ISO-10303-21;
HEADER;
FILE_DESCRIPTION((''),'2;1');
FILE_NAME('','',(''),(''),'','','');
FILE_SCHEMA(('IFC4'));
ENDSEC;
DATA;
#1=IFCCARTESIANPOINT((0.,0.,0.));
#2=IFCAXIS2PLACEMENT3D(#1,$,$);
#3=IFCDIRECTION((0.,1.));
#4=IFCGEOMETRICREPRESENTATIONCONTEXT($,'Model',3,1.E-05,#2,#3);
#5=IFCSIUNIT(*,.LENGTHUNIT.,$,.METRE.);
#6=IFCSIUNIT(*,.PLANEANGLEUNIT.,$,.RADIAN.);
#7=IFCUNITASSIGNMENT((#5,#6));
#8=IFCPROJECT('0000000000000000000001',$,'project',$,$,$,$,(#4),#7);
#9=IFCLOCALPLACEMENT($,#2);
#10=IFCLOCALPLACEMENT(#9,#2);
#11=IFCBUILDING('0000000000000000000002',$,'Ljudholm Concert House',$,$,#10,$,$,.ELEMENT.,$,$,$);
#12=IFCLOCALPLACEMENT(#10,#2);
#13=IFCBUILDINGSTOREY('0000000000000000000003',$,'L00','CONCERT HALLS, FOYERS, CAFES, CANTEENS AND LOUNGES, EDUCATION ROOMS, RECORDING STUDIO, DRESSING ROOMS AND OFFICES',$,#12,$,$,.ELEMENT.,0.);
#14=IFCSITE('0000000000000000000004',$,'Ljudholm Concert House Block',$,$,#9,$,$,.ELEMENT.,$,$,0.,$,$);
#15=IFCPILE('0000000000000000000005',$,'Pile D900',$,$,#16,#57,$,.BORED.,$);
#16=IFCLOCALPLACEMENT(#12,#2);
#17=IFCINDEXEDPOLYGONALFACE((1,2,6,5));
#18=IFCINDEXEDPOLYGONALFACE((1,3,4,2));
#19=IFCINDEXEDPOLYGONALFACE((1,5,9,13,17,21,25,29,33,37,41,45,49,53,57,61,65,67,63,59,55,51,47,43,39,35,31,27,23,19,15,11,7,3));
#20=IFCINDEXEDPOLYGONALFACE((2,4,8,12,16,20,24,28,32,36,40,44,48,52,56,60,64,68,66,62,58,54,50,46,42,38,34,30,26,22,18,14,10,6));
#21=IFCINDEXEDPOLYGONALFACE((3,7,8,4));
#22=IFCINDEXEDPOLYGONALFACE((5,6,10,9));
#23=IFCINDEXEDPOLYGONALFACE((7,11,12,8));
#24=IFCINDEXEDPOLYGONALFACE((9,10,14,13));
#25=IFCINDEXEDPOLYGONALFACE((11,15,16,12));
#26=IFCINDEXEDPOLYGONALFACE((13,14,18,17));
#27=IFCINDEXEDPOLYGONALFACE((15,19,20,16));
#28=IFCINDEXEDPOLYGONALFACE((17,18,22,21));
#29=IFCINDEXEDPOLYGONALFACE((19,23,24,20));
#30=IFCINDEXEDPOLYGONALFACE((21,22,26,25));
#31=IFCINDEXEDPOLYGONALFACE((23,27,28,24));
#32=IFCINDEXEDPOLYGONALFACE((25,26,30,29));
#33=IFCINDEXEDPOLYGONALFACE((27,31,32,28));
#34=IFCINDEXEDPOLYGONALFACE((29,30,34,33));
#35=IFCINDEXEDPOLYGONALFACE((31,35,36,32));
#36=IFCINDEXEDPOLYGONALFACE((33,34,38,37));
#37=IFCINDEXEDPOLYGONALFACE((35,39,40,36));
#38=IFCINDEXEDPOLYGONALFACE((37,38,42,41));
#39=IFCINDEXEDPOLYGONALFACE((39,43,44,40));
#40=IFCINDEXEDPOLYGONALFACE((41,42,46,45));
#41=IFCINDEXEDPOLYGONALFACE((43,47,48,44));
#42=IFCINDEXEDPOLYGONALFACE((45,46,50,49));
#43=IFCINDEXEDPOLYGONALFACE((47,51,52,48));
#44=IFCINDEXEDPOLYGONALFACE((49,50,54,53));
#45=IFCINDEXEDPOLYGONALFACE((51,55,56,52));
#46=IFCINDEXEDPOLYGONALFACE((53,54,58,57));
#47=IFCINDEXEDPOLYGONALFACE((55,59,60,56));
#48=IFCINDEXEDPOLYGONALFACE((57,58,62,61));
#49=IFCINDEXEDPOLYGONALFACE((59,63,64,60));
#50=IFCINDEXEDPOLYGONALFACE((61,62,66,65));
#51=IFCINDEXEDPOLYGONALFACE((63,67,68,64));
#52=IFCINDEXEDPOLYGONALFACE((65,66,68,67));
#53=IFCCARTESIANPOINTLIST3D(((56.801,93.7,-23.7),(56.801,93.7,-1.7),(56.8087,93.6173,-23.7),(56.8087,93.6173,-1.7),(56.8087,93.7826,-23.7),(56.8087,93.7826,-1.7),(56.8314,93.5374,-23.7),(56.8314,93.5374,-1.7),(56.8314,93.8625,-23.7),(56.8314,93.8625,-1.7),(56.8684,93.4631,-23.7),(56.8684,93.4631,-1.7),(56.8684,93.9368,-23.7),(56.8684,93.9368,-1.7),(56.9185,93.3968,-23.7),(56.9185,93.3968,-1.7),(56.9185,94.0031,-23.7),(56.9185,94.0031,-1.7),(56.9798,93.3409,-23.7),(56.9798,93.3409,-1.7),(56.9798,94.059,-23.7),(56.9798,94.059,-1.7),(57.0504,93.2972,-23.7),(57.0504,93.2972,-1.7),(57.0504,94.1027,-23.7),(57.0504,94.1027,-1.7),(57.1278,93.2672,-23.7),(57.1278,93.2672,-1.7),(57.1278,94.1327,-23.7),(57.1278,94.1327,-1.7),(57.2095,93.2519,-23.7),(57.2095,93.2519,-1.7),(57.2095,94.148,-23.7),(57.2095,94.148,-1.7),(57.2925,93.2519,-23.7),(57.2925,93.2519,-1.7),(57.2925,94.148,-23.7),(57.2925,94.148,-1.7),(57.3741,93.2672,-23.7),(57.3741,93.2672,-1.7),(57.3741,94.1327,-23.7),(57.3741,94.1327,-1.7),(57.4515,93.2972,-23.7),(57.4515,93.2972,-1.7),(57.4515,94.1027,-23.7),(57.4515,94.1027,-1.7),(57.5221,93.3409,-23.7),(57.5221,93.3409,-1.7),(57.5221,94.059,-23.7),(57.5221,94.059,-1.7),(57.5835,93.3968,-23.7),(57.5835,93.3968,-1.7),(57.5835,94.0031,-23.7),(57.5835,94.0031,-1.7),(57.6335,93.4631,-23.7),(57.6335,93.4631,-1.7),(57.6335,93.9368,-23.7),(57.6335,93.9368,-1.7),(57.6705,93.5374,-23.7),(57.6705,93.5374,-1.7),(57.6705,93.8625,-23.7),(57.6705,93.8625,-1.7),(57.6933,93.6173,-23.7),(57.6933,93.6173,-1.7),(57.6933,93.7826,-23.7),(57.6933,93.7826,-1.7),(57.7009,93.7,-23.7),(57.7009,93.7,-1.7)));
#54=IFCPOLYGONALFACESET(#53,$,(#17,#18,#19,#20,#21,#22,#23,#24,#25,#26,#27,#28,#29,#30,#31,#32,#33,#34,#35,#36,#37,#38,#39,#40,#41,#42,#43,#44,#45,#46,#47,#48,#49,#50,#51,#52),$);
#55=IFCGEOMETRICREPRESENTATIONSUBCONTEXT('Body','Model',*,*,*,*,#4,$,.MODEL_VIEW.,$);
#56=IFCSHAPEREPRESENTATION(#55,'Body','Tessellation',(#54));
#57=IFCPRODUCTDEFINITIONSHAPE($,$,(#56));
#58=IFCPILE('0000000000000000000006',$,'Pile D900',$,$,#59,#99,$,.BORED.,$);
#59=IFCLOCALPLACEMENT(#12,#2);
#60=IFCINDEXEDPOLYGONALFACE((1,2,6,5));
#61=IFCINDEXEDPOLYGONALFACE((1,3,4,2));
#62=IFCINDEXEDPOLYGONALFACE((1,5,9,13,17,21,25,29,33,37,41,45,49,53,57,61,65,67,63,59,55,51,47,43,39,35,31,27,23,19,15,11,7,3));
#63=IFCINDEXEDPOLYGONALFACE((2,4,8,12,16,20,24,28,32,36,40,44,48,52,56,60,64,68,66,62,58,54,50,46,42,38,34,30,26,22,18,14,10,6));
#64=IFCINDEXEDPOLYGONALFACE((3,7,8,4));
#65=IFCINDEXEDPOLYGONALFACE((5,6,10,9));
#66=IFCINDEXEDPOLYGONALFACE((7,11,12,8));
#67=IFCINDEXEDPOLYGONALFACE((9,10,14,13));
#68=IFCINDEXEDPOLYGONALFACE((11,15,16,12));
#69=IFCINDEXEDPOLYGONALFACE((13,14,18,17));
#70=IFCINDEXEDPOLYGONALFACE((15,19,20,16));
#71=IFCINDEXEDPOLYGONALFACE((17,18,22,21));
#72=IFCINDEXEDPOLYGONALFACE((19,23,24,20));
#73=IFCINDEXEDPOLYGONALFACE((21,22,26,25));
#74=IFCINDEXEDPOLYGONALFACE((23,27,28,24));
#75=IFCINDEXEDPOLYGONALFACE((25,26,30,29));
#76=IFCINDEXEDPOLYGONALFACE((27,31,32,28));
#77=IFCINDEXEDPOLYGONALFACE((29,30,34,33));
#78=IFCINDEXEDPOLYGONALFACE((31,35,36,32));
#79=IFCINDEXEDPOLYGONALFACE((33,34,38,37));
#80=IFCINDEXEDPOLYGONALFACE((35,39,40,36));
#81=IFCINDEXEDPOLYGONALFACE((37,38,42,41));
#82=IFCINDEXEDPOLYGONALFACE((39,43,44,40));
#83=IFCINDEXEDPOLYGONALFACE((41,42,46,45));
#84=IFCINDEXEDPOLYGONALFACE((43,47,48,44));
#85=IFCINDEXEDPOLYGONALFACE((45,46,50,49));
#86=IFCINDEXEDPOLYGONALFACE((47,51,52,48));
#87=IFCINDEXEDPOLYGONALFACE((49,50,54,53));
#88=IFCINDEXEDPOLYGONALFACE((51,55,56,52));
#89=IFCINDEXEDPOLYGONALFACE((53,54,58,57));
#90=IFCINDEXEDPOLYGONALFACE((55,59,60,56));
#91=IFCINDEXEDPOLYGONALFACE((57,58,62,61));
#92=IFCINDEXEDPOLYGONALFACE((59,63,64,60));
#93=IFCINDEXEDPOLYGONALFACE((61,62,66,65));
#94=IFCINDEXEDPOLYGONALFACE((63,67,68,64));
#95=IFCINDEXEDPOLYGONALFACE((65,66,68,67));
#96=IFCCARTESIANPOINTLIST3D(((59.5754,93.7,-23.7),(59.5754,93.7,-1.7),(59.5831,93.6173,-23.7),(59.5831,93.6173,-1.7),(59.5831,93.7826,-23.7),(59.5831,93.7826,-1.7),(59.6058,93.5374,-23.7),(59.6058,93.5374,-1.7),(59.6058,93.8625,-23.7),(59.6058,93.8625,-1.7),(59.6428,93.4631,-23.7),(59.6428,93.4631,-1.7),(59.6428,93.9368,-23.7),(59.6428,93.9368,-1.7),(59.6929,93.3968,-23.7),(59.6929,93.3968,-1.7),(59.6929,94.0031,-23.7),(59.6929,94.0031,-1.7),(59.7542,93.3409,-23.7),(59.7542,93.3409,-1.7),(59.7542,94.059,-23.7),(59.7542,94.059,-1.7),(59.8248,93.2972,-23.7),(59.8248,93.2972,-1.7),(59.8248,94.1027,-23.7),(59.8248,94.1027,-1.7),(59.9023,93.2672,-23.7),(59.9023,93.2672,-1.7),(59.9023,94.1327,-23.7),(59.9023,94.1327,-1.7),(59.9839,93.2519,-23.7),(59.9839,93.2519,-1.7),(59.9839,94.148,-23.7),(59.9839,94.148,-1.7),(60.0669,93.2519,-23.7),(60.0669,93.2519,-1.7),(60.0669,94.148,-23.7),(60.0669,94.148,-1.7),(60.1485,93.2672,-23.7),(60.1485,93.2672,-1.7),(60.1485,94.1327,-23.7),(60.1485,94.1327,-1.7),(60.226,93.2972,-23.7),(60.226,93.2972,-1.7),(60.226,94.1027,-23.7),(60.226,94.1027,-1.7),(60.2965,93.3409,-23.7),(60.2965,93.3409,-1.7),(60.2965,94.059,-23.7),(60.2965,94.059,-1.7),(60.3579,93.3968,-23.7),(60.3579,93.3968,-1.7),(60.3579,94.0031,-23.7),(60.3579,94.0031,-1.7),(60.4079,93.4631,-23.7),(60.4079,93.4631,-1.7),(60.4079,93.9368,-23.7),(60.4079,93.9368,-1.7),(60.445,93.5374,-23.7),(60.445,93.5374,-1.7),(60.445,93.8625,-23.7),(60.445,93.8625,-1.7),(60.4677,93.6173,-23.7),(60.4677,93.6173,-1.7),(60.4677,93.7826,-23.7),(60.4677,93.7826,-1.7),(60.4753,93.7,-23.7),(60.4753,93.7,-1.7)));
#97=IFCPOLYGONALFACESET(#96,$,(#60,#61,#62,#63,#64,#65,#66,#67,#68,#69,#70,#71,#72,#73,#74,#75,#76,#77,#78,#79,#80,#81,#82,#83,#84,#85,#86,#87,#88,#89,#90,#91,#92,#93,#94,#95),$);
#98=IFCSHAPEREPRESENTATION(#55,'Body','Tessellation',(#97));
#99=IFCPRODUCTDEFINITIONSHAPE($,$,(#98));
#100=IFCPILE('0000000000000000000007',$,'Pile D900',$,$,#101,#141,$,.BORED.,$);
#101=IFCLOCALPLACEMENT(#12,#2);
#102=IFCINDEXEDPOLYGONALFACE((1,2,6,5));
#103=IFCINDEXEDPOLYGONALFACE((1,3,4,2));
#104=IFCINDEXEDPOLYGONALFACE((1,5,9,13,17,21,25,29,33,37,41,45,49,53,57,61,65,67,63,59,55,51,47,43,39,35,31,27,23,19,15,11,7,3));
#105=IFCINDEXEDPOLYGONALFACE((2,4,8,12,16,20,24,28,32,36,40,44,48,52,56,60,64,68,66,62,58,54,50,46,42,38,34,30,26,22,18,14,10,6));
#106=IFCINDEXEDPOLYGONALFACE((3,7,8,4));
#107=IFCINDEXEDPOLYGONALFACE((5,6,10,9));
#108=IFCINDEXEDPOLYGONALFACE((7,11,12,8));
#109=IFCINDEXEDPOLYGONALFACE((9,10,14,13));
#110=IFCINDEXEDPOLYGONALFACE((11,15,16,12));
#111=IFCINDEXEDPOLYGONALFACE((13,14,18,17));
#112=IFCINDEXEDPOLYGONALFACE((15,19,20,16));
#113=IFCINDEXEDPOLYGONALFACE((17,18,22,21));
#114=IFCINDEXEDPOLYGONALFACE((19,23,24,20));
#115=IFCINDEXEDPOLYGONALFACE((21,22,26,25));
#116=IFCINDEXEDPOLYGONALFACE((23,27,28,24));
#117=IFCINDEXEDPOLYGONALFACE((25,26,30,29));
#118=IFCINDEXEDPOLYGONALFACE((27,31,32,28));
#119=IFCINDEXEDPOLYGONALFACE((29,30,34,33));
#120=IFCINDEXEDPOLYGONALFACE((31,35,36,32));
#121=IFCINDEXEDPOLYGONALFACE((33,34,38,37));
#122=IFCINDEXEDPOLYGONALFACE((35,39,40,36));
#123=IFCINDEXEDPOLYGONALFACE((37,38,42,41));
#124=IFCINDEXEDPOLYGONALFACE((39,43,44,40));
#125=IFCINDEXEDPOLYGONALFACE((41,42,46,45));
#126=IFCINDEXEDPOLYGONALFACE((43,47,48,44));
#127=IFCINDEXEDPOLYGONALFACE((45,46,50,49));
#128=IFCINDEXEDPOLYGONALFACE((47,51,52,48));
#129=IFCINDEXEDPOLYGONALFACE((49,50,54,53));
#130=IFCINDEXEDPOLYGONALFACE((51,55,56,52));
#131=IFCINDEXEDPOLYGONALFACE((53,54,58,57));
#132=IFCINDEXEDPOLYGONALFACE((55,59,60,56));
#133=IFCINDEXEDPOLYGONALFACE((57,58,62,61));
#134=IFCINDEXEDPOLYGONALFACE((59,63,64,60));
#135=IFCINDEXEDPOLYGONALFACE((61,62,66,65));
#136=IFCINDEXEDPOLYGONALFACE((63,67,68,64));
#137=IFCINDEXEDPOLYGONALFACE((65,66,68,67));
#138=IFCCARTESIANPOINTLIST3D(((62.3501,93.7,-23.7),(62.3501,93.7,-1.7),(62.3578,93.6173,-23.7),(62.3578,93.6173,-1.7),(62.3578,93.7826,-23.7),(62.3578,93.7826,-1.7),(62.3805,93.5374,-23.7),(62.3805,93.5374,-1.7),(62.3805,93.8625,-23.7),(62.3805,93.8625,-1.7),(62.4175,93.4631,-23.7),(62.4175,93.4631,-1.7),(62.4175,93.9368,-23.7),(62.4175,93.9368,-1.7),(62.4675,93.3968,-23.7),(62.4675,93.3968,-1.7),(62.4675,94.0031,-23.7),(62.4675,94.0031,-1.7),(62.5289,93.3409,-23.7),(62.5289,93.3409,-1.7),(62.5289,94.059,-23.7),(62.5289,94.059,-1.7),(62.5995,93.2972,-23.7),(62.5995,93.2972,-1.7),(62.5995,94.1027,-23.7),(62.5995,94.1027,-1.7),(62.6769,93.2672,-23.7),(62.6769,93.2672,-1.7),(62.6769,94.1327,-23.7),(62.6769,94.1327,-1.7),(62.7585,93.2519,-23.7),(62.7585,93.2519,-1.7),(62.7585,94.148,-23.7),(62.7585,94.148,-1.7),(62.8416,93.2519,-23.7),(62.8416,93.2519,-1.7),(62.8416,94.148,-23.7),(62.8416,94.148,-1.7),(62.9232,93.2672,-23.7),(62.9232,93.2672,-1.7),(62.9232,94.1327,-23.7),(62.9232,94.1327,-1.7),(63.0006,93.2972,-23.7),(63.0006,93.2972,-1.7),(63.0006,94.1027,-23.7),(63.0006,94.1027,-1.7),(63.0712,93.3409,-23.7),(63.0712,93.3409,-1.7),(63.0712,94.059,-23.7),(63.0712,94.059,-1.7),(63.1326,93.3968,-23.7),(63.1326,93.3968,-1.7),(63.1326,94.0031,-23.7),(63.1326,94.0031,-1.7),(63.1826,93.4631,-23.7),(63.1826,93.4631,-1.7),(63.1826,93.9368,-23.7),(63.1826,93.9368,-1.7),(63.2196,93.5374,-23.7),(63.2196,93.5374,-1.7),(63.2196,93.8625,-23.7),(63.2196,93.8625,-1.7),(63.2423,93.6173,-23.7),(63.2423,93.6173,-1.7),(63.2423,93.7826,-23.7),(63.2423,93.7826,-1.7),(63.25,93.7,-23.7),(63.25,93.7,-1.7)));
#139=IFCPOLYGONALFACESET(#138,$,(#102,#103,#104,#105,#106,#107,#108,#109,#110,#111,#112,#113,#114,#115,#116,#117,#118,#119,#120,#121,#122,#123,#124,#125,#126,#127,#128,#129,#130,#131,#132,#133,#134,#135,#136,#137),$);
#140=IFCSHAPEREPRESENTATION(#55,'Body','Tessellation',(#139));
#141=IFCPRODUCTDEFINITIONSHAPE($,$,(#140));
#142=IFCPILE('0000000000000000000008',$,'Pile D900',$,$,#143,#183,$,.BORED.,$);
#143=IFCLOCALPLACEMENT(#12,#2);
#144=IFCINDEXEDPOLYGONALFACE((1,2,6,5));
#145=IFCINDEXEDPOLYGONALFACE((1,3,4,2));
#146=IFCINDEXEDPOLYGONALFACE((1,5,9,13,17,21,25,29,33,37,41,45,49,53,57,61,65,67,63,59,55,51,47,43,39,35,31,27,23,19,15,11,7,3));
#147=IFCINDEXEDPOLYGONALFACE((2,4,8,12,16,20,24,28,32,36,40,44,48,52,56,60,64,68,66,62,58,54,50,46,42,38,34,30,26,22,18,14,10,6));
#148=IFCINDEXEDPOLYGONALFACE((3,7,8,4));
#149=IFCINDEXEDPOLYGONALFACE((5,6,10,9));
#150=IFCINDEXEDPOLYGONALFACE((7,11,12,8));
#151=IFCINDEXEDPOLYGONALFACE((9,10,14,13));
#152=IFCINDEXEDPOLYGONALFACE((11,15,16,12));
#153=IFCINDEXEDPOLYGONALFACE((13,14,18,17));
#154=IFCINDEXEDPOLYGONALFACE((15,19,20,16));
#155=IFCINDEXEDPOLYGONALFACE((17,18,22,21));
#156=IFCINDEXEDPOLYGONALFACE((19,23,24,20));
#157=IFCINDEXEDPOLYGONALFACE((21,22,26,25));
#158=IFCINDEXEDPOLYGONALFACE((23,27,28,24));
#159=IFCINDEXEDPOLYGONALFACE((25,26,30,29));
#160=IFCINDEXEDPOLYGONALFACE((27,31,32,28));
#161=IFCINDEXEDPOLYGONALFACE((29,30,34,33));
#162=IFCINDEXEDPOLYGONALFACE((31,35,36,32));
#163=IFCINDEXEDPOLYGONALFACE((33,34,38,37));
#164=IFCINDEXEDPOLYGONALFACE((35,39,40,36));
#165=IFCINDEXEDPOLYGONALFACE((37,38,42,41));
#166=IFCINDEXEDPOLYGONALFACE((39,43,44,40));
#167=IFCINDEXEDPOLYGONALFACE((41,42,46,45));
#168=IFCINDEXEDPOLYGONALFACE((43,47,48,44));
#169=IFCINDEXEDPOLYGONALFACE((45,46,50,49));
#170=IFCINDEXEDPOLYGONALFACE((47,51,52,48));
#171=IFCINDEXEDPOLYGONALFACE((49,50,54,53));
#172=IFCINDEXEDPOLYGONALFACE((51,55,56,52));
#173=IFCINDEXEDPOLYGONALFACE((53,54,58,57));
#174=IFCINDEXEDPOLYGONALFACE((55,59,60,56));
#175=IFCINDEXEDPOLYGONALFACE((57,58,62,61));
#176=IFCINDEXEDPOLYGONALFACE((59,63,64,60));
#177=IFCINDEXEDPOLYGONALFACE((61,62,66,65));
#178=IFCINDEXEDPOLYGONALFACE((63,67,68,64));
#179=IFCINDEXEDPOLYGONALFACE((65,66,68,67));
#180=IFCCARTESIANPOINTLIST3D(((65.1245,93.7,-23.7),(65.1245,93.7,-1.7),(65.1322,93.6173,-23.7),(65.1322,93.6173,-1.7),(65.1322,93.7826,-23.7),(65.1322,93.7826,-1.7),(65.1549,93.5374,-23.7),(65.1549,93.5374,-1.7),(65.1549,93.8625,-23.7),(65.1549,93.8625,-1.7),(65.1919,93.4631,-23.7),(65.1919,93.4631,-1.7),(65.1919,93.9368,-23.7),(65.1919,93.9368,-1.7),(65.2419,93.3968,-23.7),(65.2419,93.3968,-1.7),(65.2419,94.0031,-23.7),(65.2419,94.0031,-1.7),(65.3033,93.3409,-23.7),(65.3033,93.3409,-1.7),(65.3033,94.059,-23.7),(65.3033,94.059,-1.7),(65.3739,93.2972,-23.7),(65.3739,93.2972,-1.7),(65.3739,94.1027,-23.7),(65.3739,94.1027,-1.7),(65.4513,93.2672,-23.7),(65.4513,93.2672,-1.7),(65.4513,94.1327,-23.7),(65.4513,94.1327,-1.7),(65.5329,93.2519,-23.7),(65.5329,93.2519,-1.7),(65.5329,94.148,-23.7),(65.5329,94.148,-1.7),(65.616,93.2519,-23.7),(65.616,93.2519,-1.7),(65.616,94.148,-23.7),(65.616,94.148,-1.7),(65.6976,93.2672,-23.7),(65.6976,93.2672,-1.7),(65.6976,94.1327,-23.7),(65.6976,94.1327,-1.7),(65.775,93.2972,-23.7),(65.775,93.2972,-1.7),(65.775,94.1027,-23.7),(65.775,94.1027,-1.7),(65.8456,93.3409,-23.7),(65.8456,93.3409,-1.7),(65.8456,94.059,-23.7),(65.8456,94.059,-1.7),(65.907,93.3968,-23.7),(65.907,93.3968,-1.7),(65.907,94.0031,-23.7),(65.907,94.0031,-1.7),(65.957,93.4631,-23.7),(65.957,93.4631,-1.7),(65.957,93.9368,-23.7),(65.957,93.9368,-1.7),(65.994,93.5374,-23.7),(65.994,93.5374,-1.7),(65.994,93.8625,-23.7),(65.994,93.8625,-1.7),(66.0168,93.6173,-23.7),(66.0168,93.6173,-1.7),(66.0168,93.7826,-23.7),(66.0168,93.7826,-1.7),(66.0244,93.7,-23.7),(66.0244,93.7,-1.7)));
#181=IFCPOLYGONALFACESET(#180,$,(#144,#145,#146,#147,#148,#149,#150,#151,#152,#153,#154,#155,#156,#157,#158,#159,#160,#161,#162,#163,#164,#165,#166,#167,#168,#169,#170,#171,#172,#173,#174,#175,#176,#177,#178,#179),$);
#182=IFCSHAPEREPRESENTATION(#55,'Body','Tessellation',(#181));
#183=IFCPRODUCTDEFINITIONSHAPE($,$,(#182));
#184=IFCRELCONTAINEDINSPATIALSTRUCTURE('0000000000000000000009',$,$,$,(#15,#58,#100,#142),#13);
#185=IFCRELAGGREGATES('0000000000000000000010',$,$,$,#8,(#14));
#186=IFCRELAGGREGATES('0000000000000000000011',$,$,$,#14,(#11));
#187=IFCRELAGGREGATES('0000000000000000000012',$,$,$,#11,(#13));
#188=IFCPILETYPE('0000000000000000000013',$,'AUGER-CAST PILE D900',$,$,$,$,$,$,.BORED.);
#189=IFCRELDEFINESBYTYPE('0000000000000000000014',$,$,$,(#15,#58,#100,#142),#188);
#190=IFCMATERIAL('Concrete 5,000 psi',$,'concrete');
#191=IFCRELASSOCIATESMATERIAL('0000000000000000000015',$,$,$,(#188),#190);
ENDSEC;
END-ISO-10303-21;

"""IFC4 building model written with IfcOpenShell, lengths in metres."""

from ifc_helpers import new_model, si_unit, direction, frame, origin, origin_2d, place, context, subcontext, project, spatial, circle, extrude, material, material_profile, profile_set, type_object, element, save


model = new_model("IFC4")

# Units and contexts
model_context = context("Model", 3, precision=1e-05, world=origin(), true_north=direction((0.0, 1.0)))
body_context = subcontext(model_context, "Body", "Model", "MODEL_VIEW")
ifc_project = project(units=[si_unit("LENGTHUNIT", "METRE"), si_unit("PLANEANGLEUNIT", "RADIAN")], contexts=[model_context])

# Site, building, storey
site_placement = place(None, origin())
site = spatial("IfcSite", under=ifc_project, at=site_placement, Name="Ljudholm Concert House Block", CompositionType="ELEMENT", RefElevation=0.0)
building_placement = place(site_placement, origin())
building = spatial("IfcBuilding", under=site, at=building_placement, Name="Ljudholm Concert House", CompositionType="ELEMENT")
storey_placement = place(building_placement, origin())
storey = spatial("IfcBuildingStorey", under=building, at=storey_placement, Name="L00", Description="CONCERT HALLS, FOYERS, CAFES, CANTEENS AND LOUNGES, EDUCATION ROOMS, RECORDING STUDIO, DRESSING ROOMS AND OFFICES", CompositionType="ELEMENT", Elevation=0.0)

# Piles
ifc_material_1 = material(Name="Concrete 5,000 psi", Category="concrete")
ifc_material_profile_1 = material_profile(ifc_material_1, circle(Radius=0.45, at=origin_2d()), Name="AUGER-CAST PILE D900")
ifc_profile_set_1 = profile_set([ifc_material_profile_1], Name="Concrete 5,000 psi")
pile_type_1 = type_object("IfcPileType", Name="AUGER-CAST PILE D900", PredefinedType="BORED", material=ifc_profile_set_1)
for number, where, z_axis, x_axis, name in (
    (1, (57.251, 93.7, -1.7), (0.0, 0.0, -1.0), (1.0, 0.0, 0.0), "Pile D900"),
    (2, (60.0254, 93.7, -1.7), (0.0, 0.0, -1.0), (1.0, 0.0, 0.0), "Pile D900"),
    (3, (62.8, 93.7, -1.7), (0.0, 0.0, -1.0), (1.0, 0.0, 0.0), "Pile D900"),
    (4, (65.5745, 93.7, -1.7), (0.0, 0.0, -1.0), (1.0, 0.0, 0.0), "Pile D900"),
):
    element("IfcPile", number, at=place(storey_placement, frame(where, z_axis=z_axis, x_axis=x_axis)), inside=storey, type_object=pile_type_1, Name=name, PredefinedType="BORED", context=body_context, shape_type="SweptSolid", body=[
        extrude(circle(Radius=0.45, at=origin_2d()), origin(), (0.0, 0.0, 1.0), 22.0),
    ])

save(model, "model.ifc")
